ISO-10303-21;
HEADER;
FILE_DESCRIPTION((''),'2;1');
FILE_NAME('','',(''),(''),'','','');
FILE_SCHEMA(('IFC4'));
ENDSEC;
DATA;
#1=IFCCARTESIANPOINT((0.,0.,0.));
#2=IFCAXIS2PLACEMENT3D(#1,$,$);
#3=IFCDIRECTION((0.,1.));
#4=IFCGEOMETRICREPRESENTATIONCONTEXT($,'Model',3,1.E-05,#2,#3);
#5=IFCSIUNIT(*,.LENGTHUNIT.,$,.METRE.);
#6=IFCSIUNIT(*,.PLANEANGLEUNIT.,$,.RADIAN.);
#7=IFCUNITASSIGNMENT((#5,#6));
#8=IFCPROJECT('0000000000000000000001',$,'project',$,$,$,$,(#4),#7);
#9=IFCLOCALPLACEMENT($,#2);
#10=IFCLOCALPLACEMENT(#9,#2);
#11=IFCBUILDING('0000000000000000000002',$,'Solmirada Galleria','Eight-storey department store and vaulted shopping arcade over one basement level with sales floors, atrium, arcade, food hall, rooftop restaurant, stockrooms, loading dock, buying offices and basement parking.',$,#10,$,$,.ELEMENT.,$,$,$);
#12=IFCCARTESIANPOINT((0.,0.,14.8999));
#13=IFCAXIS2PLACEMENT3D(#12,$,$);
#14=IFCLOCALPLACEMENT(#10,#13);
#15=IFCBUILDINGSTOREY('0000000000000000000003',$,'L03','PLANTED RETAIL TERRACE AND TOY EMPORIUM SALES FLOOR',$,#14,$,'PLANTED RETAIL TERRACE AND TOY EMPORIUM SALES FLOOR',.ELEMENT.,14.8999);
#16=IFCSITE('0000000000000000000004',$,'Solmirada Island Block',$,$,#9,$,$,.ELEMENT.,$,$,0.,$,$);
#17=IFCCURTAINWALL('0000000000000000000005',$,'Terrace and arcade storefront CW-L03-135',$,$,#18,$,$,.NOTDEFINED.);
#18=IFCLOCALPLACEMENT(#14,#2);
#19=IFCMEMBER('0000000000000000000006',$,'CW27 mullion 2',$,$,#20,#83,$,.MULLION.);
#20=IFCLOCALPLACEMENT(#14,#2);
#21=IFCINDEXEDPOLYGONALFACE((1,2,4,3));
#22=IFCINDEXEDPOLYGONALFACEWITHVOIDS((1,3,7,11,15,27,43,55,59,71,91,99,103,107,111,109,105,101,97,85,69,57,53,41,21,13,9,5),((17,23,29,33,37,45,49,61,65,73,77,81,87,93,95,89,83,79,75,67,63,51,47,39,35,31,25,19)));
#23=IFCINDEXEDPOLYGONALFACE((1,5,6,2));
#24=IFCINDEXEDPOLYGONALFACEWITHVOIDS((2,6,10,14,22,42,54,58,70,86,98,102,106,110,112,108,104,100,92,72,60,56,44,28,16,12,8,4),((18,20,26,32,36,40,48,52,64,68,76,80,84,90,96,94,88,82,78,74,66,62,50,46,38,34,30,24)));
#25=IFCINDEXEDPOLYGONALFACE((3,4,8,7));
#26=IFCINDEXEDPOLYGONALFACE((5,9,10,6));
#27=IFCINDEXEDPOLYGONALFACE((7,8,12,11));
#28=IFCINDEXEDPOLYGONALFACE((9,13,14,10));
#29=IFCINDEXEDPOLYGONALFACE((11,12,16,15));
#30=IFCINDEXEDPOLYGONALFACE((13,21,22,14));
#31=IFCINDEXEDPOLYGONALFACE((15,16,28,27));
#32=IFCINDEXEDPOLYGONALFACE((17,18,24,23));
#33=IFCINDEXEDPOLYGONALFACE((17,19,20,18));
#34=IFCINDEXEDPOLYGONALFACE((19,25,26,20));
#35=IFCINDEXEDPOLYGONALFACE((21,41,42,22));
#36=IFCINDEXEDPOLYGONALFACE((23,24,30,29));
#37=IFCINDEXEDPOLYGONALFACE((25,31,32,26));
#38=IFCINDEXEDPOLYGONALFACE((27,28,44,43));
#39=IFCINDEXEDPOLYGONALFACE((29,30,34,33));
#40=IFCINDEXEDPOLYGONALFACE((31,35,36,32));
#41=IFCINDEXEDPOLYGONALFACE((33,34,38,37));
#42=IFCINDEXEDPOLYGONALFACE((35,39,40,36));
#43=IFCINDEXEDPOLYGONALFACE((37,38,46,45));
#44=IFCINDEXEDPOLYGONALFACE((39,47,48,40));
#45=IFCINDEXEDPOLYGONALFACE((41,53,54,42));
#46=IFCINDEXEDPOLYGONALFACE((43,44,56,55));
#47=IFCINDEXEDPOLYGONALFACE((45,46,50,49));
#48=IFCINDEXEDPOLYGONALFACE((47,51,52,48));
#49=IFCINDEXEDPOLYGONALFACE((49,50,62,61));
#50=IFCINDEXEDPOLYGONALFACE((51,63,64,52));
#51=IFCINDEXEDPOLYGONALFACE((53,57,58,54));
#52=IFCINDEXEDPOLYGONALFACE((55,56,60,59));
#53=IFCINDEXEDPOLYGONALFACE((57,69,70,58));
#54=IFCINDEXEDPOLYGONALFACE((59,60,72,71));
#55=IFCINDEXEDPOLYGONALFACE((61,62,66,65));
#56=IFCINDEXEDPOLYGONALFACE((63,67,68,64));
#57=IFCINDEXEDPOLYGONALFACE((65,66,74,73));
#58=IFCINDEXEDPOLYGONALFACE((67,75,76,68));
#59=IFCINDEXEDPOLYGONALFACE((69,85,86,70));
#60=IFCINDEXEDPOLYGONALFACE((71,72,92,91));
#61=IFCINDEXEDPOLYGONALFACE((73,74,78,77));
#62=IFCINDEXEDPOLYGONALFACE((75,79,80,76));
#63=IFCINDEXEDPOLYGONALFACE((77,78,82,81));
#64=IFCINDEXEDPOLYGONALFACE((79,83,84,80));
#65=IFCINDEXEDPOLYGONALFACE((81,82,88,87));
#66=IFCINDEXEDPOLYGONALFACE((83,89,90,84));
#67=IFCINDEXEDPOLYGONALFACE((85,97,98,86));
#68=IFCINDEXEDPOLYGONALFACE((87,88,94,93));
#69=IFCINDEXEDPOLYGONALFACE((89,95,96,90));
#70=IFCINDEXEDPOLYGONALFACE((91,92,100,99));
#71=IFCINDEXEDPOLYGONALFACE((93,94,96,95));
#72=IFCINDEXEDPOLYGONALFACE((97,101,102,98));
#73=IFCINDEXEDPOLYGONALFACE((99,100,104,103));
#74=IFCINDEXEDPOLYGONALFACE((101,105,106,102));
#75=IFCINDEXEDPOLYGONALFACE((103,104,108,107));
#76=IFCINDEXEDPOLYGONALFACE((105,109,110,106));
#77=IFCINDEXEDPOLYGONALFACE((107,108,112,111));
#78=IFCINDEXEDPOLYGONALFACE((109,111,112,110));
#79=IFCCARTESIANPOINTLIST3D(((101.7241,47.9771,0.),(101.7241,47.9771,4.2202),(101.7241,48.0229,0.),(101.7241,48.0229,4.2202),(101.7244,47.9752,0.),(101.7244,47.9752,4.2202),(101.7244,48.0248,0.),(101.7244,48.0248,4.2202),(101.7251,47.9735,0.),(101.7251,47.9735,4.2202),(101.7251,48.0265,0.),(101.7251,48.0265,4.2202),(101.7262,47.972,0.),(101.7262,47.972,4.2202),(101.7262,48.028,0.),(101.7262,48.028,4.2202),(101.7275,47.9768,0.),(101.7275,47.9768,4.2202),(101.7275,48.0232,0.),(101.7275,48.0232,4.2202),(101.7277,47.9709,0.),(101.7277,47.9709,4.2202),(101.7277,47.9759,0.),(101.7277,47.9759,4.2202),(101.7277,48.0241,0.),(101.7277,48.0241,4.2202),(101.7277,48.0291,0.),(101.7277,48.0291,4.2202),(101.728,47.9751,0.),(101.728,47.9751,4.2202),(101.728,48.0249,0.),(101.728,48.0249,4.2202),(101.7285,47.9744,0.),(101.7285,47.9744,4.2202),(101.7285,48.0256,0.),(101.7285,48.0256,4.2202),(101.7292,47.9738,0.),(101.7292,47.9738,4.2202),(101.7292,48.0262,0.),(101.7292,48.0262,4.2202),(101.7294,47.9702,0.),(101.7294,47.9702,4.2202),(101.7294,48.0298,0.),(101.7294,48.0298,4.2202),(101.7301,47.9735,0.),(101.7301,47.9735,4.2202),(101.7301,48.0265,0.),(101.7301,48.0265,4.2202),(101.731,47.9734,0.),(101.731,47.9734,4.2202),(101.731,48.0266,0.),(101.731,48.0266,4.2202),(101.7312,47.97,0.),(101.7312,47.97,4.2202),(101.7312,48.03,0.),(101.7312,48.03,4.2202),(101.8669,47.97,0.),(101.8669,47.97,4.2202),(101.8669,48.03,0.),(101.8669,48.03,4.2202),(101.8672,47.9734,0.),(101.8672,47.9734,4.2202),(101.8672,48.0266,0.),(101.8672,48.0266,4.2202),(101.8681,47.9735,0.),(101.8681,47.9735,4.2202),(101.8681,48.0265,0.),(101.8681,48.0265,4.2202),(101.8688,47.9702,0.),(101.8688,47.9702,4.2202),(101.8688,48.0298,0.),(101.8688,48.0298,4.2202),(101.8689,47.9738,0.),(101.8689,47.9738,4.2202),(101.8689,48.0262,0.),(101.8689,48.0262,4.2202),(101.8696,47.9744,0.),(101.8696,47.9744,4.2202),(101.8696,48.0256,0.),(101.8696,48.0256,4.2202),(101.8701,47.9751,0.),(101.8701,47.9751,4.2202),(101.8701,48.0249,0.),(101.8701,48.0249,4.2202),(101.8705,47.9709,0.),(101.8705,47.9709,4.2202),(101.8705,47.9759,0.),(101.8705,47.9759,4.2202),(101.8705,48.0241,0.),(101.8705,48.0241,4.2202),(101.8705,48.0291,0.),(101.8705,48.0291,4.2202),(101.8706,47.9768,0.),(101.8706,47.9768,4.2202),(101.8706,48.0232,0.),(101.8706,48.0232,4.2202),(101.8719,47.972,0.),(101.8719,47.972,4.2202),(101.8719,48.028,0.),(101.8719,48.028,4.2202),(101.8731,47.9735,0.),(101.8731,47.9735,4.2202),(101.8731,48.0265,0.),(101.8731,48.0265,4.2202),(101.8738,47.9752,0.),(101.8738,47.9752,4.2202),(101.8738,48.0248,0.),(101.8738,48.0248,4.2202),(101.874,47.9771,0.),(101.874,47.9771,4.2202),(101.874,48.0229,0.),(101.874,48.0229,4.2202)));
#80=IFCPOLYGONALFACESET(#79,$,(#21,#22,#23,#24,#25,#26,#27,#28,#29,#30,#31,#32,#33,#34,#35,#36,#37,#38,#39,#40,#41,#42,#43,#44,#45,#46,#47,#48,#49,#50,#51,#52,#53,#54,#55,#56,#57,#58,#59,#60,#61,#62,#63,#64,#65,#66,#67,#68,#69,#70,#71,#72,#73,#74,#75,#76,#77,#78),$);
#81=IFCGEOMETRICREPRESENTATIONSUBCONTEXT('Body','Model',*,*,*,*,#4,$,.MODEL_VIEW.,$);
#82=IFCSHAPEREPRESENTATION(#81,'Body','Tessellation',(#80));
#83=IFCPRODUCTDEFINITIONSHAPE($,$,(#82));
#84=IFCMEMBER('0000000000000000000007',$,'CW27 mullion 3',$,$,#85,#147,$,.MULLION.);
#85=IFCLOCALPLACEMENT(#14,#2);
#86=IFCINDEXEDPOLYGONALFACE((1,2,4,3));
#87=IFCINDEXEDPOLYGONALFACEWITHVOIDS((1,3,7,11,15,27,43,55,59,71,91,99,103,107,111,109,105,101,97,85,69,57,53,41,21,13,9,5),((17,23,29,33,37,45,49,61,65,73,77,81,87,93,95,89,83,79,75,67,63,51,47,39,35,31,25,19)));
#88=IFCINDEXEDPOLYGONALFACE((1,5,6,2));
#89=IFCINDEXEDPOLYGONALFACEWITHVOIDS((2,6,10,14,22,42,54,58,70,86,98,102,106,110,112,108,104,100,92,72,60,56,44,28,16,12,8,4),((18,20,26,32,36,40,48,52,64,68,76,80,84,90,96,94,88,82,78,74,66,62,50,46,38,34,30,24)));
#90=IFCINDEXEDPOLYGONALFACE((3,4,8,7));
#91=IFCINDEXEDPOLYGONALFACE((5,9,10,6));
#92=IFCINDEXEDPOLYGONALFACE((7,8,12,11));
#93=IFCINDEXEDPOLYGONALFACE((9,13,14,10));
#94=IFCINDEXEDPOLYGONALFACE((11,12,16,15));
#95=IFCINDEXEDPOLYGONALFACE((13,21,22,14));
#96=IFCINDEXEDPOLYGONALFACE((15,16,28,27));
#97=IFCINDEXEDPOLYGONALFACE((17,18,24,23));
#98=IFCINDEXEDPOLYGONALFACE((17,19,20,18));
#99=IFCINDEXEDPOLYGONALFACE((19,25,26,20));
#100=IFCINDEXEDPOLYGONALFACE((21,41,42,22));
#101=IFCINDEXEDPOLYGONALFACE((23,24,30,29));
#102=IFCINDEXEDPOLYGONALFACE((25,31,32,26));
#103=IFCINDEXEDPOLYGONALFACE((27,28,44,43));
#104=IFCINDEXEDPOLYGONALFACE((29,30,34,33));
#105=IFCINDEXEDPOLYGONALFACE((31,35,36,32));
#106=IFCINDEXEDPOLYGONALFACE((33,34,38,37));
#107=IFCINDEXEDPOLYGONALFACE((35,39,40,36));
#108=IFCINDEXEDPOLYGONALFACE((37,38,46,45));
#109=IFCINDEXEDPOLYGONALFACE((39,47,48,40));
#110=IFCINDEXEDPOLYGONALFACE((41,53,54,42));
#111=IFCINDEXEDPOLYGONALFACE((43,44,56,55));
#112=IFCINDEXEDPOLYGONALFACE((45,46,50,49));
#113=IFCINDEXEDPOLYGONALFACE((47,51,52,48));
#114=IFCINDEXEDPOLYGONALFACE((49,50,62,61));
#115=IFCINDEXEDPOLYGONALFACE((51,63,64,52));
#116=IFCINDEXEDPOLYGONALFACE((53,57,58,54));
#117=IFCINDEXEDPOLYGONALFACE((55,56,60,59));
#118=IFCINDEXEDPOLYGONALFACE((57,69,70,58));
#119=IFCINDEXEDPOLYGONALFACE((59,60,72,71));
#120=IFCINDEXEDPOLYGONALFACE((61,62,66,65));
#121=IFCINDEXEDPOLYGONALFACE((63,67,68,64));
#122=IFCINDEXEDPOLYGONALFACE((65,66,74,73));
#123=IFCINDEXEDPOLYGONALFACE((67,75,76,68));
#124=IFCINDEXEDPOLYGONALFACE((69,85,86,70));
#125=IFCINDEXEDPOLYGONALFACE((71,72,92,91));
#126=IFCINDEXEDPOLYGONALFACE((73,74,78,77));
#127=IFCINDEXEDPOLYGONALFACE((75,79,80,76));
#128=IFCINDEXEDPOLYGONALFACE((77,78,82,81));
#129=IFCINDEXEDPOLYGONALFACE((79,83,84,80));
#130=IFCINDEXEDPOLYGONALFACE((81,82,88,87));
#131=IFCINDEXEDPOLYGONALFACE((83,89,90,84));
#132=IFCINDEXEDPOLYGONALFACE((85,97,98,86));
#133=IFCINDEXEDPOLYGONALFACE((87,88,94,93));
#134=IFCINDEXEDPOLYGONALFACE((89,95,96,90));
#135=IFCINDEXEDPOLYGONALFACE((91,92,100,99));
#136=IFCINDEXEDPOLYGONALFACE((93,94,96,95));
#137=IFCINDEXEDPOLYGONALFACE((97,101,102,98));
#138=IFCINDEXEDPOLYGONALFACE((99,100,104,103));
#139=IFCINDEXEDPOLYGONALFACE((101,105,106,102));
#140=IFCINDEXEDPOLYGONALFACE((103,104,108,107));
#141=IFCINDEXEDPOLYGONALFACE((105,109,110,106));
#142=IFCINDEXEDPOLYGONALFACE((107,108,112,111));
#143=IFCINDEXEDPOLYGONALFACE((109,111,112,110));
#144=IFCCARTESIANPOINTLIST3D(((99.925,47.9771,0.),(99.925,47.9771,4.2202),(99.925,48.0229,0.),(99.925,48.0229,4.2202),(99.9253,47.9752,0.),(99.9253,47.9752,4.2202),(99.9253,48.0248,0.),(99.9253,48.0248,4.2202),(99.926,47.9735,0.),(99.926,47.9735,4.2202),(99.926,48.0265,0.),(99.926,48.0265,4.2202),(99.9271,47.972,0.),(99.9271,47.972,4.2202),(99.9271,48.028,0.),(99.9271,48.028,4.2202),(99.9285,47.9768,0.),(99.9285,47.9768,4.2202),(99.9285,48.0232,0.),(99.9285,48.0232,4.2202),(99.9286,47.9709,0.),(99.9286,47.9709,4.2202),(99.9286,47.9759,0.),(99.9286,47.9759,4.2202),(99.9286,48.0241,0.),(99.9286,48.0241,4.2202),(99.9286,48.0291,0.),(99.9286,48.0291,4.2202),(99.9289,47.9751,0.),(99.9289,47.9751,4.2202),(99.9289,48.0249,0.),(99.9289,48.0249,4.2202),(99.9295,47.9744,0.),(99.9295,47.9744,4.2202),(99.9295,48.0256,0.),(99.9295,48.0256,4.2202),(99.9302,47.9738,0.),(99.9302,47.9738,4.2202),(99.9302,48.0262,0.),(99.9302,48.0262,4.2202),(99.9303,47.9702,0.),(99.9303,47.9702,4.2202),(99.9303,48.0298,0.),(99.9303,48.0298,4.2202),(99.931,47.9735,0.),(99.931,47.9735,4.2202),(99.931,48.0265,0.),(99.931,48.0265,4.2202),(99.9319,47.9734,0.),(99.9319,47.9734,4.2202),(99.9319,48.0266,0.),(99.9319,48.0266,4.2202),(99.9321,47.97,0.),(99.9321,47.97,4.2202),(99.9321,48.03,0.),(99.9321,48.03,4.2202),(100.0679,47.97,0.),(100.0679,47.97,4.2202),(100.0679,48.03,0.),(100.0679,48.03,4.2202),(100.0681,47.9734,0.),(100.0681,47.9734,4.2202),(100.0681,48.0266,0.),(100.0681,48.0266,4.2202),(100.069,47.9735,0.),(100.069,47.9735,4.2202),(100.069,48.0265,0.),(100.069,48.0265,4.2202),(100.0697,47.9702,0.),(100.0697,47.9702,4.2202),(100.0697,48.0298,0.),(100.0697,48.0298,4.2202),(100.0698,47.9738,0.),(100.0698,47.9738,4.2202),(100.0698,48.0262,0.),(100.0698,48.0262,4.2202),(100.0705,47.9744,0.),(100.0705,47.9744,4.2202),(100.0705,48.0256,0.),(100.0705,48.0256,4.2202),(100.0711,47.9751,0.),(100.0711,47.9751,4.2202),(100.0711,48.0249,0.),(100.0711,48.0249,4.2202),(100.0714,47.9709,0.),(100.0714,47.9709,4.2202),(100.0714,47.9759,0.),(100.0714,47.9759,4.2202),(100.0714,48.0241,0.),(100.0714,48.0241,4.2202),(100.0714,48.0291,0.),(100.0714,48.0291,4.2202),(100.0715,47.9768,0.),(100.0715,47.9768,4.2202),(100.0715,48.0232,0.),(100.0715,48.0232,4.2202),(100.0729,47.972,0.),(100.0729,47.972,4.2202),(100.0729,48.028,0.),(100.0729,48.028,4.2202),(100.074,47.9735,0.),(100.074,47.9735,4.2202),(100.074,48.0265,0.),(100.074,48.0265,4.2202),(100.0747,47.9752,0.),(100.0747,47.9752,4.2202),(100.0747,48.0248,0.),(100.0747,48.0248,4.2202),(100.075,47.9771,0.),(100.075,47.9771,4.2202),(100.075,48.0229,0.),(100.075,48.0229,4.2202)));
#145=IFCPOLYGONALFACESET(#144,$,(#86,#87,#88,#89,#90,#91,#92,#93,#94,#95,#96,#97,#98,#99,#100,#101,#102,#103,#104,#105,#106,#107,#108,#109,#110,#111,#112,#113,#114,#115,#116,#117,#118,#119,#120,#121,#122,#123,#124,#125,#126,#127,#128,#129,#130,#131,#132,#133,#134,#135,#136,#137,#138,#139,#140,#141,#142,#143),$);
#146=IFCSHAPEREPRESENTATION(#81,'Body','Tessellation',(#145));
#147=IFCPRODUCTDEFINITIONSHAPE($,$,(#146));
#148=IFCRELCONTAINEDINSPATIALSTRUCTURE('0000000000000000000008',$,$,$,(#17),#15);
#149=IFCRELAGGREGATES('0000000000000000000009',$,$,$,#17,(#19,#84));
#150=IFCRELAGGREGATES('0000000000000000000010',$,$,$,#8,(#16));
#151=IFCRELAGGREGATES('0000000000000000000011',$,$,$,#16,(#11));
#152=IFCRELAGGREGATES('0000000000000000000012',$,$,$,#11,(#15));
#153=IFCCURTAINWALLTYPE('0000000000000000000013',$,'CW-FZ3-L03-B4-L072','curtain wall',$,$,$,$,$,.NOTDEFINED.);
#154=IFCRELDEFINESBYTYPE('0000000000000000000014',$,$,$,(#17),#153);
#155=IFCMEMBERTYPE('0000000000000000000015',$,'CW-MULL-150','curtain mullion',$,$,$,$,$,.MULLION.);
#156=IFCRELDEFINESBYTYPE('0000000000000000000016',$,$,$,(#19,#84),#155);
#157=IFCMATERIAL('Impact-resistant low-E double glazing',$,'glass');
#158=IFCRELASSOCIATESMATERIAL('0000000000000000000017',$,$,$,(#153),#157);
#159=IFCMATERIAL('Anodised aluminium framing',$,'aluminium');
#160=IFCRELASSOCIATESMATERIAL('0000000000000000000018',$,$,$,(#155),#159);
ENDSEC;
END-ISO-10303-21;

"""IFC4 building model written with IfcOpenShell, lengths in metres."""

from ifc_helpers import new_model, si_unit, direction, frame, origin, origin_2d, place, context, subcontext, project, spatial, hollow_rectangle, extrude, material, material_profile, profile_set, type_object, element, aggregate, save


model = new_model("IFC4")

# Units and contexts
model_context = context("Model", 3, precision=1e-05, world=origin(), true_north=direction((0.0, 1.0)))
body_context = subcontext(model_context, "Body", "Model", "MODEL_VIEW")
ifc_project = project(units=[si_unit("LENGTHUNIT", "METRE"), si_unit("PLANEANGLEUNIT", "RADIAN")], contexts=[model_context])

# Site, building, storey
site_placement = place(None, origin())
site = spatial("IfcSite", under=ifc_project, at=site_placement, Name="Solmirada Island Block", CompositionType="ELEMENT", RefElevation=0.0)
building_placement = place(site_placement, origin())
building = spatial("IfcBuilding", under=site, at=building_placement, Name="Solmirada Galleria", Description="Eight-storey department store and vaulted shopping arcade over one basement level with sales floors, atrium, arcade, food hall, rooftop restaurant, stockrooms, loading dock, buying offices and basement parking.", CompositionType="ELEMENT")
storey_placement = place(building_placement, frame((0.0, 0.0, 14.8999)))
storey = spatial("IfcBuildingStorey", under=building, at=storey_placement, Name="L03", Description="PLANTED RETAIL TERRACE AND TOY EMPORIUM SALES FLOOR", LongName="PLANTED RETAIL TERRACE AND TOY EMPORIUM SALES FLOOR", CompositionType="ELEMENT", Elevation=14.8999)

# Curtain wall, members
ifc_material_1 = material(Name="Impact-resistant low-E double glazing", Category="glass")
curtain_wall_type = type_object("IfcCurtainWallType", Name="CW-FZ3-L03-B4-L072", Description="curtain wall", PredefinedType="NOTDEFINED", material=ifc_material_1)
curtain_wall_placement = place(storey_placement, origin())
curtain_wall = element("IfcCurtainWall", 1, at=curtain_wall_placement, inside=storey, type_object=curtain_wall_type, Name="Terrace and arcade storefront CW-L03-135", PredefinedType="NOTDEFINED")
ifc_material_2 = material(Name="Anodised aluminium framing", Category="aluminium")
ifc_material_profile_1 = material_profile(ifc_material_2, hollow_rectangle(XDim=0.0601, YDim=0.1499, WallThickness=0.0034, InnerFilletRadius=0.0034, OuterFilletRadius=0.0071, at=origin_2d()), Name="ALU-MULL-150X60")
ifc_profile_set_1 = profile_set([ifc_material_profile_1], Name="Anodised aluminium framing")
member_type_1 = type_object("IfcMemberType", Name="CW-MULL-150", Description="curtain mullion", PredefinedType="MULLION", material=ifc_profile_set_1)
member_1_placement = place(storey_placement, frame((101.7991, 48.0, 0.0), z_axis=(0.0, 0.0, 1.0), x_axis=(0.0, -1.0, 0.0)))
member_1 = element("IfcMember", 2, at=member_1_placement, type_object=member_type_1, Name="CW27 mullion 2", PredefinedType="MULLION", context=body_context, shape_type="SweptSolid", body=[
    extrude(hollow_rectangle(XDim=0.0601, YDim=0.1499, WallThickness=0.0034, InnerFilletRadius=0.0034, OuterFilletRadius=0.0071, at=origin_2d()), origin(), (0.0, 0.0, 1.0), 4.2202),
])
member_2_placement = place(storey_placement, frame((100.0, 48.0, 0.0), z_axis=(0.0, 0.0, 1.0), x_axis=(0.0, -1.0, 0.0)))
member_2 = element("IfcMember", 3, at=member_2_placement, type_object=member_type_1, Name="CW27 mullion 3", PredefinedType="MULLION", context=body_context, shape_type="SweptSolid", body=[
    extrude(hollow_rectangle(XDim=0.0601, YDim=0.1499, WallThickness=0.0034, InnerFilletRadius=0.0034, OuterFilletRadius=0.0071, at=origin_2d()), origin(), (0.0, 0.0, 1.0), 4.2202),
])
aggregate(curtain_wall, [member_1, member_2])

save(model, "model.ifc")
